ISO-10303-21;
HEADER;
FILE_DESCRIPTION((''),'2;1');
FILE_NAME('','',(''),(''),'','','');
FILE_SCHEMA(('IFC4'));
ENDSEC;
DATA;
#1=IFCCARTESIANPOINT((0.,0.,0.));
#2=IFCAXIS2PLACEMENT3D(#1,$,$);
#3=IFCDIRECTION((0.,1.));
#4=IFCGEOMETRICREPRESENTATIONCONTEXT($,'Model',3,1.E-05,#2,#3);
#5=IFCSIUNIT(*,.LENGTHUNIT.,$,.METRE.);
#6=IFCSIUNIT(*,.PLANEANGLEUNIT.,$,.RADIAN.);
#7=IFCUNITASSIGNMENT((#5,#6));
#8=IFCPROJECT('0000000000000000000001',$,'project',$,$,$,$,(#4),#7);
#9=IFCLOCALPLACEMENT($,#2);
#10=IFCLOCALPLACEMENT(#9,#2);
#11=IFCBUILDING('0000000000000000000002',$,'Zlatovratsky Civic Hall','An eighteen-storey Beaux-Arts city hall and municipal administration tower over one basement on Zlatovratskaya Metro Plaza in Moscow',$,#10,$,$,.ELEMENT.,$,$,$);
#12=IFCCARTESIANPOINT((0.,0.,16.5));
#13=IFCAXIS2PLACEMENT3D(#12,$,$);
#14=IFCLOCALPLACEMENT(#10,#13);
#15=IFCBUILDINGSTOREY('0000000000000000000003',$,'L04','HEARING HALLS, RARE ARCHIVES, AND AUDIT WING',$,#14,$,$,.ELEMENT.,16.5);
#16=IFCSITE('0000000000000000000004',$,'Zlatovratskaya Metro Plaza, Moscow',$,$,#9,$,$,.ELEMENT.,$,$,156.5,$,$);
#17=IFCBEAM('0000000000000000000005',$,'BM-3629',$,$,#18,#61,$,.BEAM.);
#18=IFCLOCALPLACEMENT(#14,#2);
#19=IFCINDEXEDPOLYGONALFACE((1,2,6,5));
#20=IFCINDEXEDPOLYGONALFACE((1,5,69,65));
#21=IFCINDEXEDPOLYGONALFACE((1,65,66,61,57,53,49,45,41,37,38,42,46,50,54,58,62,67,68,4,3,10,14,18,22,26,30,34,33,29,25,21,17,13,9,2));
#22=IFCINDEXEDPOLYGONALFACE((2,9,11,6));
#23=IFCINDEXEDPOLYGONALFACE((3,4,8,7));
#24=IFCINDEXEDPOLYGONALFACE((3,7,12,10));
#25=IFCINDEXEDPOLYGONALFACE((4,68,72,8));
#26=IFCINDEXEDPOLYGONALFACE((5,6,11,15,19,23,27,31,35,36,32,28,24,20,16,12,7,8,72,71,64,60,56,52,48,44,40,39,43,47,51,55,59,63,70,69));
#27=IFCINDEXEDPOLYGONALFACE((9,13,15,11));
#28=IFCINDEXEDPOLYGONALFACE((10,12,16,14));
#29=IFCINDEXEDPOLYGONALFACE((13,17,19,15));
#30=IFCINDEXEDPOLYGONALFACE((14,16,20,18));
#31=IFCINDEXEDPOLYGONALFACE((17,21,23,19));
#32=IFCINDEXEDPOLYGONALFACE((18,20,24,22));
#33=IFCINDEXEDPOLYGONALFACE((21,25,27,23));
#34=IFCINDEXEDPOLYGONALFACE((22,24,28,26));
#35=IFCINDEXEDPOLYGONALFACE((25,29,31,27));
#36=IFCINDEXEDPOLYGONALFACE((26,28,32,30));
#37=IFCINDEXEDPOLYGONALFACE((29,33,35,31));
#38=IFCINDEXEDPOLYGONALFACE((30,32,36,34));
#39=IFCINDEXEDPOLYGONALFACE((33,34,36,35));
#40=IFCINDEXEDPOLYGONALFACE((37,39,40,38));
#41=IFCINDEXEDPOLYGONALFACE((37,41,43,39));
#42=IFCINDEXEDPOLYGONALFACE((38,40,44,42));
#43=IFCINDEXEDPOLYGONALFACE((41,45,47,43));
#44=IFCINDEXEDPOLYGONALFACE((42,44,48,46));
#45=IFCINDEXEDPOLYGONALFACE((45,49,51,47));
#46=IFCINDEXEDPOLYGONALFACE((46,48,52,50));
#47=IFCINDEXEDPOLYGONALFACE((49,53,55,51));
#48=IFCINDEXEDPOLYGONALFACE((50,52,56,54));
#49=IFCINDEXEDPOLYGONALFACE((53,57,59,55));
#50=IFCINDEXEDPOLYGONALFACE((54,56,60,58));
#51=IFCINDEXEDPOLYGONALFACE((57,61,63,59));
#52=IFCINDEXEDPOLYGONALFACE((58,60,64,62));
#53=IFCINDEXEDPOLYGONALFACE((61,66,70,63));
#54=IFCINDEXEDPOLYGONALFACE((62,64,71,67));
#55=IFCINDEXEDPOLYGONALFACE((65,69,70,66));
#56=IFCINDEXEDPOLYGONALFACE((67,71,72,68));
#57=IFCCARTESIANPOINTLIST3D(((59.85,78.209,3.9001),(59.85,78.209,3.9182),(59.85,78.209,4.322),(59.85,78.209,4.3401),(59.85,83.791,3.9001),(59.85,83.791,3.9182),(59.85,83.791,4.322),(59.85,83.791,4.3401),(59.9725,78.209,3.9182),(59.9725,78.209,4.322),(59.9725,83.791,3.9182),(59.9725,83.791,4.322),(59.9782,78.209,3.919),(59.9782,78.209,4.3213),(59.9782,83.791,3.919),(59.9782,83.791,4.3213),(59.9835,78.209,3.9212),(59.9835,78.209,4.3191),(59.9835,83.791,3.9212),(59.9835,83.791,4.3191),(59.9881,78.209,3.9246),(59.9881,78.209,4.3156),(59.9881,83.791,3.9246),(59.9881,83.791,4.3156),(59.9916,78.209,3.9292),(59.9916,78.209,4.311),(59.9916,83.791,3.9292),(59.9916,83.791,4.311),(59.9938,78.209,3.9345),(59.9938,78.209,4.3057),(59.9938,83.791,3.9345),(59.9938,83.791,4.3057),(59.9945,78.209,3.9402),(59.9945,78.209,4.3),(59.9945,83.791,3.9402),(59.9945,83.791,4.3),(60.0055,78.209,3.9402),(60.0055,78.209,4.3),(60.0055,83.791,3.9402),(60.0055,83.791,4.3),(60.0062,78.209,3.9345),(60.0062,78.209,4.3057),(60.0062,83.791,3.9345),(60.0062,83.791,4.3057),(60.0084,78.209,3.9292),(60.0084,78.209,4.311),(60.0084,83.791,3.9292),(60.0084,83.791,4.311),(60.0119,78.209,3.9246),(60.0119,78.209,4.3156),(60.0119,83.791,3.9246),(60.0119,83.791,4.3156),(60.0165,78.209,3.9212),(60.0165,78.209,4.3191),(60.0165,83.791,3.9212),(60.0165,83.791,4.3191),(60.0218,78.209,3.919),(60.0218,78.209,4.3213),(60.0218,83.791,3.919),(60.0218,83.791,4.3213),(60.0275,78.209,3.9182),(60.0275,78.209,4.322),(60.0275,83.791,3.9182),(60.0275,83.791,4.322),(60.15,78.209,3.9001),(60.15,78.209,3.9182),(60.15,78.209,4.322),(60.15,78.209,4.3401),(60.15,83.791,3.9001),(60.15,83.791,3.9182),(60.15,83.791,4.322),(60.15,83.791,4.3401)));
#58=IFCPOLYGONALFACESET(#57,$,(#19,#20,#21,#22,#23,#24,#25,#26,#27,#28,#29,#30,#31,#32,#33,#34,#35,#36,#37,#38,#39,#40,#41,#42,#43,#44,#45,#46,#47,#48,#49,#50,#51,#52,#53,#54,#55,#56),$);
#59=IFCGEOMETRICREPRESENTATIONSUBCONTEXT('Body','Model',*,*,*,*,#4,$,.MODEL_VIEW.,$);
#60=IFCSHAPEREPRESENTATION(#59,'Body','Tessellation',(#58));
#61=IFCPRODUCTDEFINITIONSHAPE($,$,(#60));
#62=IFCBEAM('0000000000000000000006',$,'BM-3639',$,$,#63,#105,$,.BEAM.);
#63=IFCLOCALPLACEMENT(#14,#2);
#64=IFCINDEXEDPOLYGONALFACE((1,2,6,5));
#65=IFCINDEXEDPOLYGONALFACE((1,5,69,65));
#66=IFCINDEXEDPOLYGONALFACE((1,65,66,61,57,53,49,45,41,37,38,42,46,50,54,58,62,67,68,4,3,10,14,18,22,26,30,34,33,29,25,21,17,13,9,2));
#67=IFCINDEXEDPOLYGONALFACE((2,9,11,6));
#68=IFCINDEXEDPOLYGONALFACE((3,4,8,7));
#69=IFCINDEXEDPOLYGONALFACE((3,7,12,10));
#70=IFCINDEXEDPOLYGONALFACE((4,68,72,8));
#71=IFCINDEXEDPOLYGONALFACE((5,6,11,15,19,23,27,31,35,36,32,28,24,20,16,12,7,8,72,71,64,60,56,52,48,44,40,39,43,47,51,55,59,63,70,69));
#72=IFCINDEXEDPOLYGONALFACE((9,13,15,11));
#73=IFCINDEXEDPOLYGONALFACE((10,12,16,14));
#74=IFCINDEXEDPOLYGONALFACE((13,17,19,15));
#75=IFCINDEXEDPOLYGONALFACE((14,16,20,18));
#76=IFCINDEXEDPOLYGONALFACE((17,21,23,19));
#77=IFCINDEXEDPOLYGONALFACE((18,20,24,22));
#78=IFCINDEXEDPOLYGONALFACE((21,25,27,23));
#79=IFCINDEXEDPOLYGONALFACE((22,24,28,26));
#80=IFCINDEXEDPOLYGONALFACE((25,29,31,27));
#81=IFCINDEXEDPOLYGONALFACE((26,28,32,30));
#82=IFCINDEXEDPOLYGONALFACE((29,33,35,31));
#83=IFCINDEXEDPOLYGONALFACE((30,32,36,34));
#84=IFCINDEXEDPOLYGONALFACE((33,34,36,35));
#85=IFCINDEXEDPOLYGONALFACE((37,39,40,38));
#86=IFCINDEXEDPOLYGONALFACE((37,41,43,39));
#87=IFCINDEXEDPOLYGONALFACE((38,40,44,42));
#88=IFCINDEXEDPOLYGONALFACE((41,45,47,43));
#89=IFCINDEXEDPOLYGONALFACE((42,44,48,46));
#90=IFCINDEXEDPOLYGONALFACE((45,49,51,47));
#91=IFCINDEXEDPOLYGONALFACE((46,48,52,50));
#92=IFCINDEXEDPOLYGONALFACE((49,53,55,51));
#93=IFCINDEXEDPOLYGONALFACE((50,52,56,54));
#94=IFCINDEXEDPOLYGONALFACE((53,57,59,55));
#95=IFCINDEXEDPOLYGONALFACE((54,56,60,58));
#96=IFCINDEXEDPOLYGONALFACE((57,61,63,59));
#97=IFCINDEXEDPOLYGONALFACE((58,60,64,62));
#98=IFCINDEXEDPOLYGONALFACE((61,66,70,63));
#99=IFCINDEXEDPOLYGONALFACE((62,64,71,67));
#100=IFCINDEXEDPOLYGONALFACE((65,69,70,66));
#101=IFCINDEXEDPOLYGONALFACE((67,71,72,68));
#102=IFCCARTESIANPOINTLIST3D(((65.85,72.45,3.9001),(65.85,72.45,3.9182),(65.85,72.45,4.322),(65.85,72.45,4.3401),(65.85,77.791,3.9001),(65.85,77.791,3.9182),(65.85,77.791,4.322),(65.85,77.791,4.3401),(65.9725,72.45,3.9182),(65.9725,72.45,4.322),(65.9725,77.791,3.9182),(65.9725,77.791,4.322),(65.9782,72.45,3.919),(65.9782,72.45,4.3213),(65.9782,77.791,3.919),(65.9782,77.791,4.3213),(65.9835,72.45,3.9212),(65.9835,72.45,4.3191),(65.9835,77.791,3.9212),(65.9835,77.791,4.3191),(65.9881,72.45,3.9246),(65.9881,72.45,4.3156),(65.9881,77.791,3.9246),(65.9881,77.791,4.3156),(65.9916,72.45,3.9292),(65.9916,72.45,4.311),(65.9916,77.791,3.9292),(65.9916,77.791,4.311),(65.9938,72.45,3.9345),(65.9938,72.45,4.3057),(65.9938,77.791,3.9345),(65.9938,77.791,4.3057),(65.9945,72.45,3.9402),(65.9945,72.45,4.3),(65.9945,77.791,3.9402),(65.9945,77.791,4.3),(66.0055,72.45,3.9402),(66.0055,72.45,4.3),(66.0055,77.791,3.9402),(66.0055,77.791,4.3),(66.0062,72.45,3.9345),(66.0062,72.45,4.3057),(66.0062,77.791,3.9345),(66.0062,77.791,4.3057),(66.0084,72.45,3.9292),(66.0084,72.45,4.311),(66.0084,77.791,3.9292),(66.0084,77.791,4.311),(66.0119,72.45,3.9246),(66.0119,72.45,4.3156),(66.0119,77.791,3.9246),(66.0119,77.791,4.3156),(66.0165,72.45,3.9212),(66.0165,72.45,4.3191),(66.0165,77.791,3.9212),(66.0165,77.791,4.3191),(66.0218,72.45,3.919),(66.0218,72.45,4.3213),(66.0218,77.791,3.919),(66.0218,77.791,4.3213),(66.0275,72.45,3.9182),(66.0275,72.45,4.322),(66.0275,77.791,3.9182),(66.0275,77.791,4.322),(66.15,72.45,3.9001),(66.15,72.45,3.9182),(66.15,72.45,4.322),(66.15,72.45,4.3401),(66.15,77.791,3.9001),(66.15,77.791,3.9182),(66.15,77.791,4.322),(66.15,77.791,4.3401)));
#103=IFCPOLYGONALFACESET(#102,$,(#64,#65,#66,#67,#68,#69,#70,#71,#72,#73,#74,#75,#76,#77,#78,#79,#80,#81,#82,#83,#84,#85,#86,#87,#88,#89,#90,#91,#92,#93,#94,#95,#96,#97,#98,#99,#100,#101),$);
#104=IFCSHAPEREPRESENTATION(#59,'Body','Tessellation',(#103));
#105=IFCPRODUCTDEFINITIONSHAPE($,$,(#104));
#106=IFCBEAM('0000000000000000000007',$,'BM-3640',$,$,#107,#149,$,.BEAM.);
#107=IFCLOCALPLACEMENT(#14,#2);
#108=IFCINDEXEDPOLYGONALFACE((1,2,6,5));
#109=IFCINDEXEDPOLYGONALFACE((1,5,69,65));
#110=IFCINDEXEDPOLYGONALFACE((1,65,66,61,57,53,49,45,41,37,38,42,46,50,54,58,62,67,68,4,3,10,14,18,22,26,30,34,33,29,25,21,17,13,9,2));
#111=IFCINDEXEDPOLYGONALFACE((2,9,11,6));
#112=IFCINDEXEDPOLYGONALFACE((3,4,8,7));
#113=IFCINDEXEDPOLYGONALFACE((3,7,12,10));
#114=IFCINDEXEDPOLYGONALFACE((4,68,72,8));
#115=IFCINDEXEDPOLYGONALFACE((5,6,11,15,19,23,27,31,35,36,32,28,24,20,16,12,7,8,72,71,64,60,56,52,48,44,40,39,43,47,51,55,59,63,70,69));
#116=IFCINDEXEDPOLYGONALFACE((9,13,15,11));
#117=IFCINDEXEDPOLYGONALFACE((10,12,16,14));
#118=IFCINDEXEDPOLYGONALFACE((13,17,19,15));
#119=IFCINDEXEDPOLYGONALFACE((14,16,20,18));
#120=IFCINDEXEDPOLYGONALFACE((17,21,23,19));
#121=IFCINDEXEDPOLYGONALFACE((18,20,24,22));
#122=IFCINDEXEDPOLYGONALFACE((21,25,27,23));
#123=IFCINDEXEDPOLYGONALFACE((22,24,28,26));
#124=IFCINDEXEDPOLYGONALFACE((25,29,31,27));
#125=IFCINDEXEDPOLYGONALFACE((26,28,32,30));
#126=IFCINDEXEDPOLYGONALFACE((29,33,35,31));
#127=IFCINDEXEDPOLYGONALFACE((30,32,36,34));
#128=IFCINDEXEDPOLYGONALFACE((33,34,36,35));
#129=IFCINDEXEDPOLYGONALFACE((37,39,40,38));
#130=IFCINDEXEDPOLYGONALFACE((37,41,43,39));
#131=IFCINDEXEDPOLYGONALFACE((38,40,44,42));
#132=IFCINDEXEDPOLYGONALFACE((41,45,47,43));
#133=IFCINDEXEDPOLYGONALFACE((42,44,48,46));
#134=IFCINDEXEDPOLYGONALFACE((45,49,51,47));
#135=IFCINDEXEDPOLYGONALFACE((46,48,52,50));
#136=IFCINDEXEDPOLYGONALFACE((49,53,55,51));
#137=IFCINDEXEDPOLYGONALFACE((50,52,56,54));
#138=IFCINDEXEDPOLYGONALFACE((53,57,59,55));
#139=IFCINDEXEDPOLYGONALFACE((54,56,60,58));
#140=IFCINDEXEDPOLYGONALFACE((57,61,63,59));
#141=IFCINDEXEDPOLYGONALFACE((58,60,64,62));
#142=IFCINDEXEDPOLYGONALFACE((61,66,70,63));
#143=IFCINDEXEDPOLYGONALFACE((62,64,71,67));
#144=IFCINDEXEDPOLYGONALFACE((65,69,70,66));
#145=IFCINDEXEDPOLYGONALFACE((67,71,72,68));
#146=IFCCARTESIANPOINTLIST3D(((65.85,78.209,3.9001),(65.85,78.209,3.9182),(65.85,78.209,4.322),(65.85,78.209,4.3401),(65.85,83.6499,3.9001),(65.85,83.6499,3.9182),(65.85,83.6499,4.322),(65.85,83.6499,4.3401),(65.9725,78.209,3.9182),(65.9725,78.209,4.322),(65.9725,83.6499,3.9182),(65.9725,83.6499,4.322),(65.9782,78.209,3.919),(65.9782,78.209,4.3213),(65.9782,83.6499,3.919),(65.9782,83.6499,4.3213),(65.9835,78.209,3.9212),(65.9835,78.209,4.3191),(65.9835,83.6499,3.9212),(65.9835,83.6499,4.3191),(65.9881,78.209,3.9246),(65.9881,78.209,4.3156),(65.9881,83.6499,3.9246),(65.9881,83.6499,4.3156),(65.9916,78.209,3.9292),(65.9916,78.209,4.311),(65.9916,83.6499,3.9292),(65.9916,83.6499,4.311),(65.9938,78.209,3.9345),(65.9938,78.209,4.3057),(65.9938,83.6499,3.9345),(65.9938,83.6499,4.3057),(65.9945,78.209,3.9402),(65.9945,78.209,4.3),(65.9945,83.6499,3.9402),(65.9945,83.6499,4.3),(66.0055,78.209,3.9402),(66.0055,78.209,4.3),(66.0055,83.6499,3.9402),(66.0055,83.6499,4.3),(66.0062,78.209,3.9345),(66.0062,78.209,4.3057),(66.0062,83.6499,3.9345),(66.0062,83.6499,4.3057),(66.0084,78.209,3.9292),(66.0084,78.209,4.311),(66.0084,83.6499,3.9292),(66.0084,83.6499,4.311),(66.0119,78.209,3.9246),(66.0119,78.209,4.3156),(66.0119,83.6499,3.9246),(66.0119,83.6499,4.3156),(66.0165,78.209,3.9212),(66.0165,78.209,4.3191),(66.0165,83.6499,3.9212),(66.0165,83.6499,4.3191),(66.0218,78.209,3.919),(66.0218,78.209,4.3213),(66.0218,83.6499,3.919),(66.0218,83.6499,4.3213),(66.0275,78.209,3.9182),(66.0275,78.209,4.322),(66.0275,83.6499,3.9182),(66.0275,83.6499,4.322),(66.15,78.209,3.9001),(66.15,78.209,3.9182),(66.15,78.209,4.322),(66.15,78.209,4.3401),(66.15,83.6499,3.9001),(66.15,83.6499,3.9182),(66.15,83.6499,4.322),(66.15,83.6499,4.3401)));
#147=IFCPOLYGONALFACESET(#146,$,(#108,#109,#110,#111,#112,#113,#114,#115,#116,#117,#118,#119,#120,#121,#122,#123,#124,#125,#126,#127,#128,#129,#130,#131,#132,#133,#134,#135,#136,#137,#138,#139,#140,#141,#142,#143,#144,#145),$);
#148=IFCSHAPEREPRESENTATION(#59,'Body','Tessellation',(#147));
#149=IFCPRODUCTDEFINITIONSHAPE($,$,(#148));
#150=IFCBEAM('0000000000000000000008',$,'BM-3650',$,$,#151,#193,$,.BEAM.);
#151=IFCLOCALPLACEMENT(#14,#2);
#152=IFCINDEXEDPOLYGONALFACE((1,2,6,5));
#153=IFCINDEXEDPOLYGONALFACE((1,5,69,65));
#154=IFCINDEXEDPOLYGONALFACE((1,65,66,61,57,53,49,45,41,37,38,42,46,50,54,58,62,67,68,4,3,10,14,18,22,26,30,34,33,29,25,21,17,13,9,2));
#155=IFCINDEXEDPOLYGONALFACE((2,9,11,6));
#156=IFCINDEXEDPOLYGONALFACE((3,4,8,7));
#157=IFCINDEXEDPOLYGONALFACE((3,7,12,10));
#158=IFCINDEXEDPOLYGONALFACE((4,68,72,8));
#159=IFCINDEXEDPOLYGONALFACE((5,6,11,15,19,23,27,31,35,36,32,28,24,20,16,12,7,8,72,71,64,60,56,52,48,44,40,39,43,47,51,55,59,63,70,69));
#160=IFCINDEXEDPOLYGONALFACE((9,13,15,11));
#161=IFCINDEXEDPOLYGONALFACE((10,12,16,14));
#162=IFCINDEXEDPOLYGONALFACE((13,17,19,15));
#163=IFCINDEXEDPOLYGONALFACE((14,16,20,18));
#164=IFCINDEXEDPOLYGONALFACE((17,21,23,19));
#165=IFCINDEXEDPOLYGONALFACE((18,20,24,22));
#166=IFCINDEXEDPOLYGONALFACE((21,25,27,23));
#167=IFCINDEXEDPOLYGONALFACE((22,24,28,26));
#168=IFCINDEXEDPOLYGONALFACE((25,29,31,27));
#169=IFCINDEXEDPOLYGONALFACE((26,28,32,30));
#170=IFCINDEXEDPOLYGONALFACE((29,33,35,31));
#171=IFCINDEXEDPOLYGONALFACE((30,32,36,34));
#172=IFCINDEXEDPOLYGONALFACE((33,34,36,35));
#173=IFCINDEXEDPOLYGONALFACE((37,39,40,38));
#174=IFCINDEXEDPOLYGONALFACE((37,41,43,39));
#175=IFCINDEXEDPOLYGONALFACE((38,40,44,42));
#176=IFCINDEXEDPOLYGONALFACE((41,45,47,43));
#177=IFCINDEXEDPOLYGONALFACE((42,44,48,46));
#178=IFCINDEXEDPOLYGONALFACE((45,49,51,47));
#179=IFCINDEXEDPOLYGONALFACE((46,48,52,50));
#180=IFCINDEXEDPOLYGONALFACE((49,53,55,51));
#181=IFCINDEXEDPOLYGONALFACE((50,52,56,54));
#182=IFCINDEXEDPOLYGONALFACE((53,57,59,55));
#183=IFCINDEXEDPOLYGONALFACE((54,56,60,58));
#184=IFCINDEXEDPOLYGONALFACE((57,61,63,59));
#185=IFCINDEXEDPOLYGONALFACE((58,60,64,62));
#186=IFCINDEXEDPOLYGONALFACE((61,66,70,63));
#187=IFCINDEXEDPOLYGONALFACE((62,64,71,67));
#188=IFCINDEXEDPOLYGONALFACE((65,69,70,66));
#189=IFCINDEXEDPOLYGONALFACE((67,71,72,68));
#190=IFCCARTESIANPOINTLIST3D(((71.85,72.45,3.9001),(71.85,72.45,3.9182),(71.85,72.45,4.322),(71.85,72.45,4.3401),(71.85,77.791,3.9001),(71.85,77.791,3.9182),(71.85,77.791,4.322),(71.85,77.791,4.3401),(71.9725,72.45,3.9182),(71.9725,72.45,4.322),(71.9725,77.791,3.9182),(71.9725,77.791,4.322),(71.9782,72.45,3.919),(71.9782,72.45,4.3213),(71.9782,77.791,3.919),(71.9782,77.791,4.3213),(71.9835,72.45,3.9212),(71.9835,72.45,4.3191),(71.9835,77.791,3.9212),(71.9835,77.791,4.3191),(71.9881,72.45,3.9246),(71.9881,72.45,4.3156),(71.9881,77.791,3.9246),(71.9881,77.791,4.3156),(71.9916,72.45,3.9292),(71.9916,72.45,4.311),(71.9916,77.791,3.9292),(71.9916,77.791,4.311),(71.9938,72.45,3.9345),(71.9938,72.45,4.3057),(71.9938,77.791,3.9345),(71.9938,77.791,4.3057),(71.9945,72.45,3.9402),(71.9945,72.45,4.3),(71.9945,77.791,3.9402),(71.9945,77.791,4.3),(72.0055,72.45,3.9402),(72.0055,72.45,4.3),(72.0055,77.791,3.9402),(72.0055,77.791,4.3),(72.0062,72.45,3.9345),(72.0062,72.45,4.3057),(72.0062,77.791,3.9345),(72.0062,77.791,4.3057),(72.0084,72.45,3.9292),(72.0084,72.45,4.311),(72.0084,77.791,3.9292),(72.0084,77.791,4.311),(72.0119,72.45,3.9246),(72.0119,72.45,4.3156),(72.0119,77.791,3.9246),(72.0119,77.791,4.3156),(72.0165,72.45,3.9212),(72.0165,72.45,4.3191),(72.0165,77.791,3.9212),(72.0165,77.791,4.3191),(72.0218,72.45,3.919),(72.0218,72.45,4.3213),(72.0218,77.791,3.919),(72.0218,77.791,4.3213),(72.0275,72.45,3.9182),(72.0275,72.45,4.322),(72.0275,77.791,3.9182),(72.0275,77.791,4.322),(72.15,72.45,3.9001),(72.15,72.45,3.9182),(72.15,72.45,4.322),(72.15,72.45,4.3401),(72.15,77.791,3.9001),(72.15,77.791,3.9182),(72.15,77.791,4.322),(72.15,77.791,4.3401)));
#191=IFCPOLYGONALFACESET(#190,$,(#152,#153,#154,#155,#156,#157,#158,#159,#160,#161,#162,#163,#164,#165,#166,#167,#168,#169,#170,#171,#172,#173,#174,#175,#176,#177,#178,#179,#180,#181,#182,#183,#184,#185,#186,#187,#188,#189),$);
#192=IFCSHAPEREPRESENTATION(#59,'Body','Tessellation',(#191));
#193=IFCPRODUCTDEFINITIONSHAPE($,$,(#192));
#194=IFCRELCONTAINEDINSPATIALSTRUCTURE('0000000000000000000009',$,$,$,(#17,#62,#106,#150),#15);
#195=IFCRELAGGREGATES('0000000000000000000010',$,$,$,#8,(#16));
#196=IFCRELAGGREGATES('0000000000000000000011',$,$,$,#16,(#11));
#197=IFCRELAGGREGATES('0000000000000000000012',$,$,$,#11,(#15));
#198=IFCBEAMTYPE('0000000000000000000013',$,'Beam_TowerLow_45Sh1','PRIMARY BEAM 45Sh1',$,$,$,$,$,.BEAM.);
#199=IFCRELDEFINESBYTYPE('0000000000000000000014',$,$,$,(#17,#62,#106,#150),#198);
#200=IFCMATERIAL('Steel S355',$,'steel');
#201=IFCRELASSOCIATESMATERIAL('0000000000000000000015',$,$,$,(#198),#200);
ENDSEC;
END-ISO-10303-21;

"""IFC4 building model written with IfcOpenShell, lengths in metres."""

from ifc_helpers import new_model, si_unit, direction, frame, origin, origin_2d, place, context, subcontext, project, spatial, i_section, extrude, material, material_profile, profile_set, type_object, element, save


model = new_model("IFC4")

# Units and contexts
model_context = context("Model", 3, precision=1e-05, world=origin(), true_north=direction((0.0, 1.0)))
body_context = subcontext(model_context, "Body", "Model", "MODEL_VIEW")
ifc_project = project(units=[si_unit("LENGTHUNIT", "METRE"), si_unit("PLANEANGLEUNIT", "RADIAN")], contexts=[model_context])

# Site, building, storey
site_placement = place(None, origin())
site = spatial("IfcSite", under=ifc_project, at=site_placement, Name="Zlatovratskaya Metro Plaza, Moscow", CompositionType="ELEMENT", RefElevation=156.5)
building_placement = place(site_placement, origin())
building = spatial("IfcBuilding", under=site, at=building_placement, Name="Zlatovratsky Civic Hall", Description="An eighteen-storey Beaux-Arts city hall and municipal administration tower over one basement on Zlatovratskaya Metro Plaza in Moscow", CompositionType="ELEMENT")
storey_placement = place(building_placement, frame((0.0, 0.0, 16.5)))
storey = spatial("IfcBuildingStorey", under=building, at=storey_placement, Name="L04", Description="HEARING HALLS, RARE ARCHIVES, AND AUDIT WING", CompositionType="ELEMENT", Elevation=16.5)

# Shared definitions
ifc_material_1 = material(Name="Steel S355", Category="steel")

# Beams
ifc_material_profile_1 = material_profile(ifc_material_1, i_section(OverallWidth=0.3, OverallDepth=0.4399, WebThickness=0.011, FlangeThickness=0.0181, FilletRadius=0.022, at=origin_2d()), Name="45Sh1")
ifc_profile_set_1 = profile_set([ifc_material_profile_1], Name="Steel S355")
beam_type_1 = type_object("IfcBeamType", Name="Beam_TowerLow_45Sh1", Description="PRIMARY BEAM 45Sh1", PredefinedType="BEAM", material=ifc_profile_set_1)
for number, where, z_axis, x_axis, name in (
    (1, (60.0, 78.209, 4.1201), (0.0, 1.0, 0.0), (-1.0, 0.0, 0.0), "BM-3629"),
):
    element("IfcBeam", number, at=place(storey_placement, frame(where, z_axis=z_axis, x_axis=x_axis)), inside=storey, type_object=beam_type_1, Name=name, PredefinedType="BEAM", context=body_context, shape_type="SweptSolid", body=[
        extrude(i_section(OverallWidth=0.3, OverallDepth=0.4399, WebThickness=0.011, FlangeThickness=0.0181, FilletRadius=0.022, at=origin_2d()), origin(), (0.0, 0.0, 1.0), 5.582),
    ])
beam_1_placement = place(storey_placement, frame((66.0, 72.45, 4.1201), z_axis=(0.0, 1.0, 0.0), x_axis=(-1.0, 0.0, 0.0)))
element("IfcBeam", 2, at=beam_1_placement, inside=storey, type_object=beam_type_1, Name="BM-3639", PredefinedType="BEAM", context=body_context, shape_type="SweptSolid", body=[
    extrude(i_section(OverallWidth=0.3, OverallDepth=0.4399, WebThickness=0.011, FlangeThickness=0.0181, FilletRadius=0.022, at=origin_2d()), origin(), (0.0, 0.0, 1.0), 5.3411),
])
beam_2_placement = place(storey_placement, frame((66.0, 78.209, 4.1201), z_axis=(0.0, 1.0, 0.0), x_axis=(-1.0, 0.0, 0.0)))
element("IfcBeam", 3, at=beam_2_placement, inside=storey, type_object=beam_type_1, Name="BM-3640", PredefinedType="BEAM", context=body_context, shape_type="SweptSolid", body=[
    extrude(i_section(OverallWidth=0.3, OverallDepth=0.4399, WebThickness=0.011, FlangeThickness=0.0181, FilletRadius=0.022, at=origin_2d()), origin(), (0.0, 0.0, 1.0), 5.4409),
])
beam_3_placement = place(storey_placement, frame((72.0, 72.45, 4.1201), z_axis=(0.0, 1.0, 0.0), x_axis=(-1.0, 0.0, 0.0)))
element("IfcBeam", 4, at=beam_3_placement, inside=storey, type_object=beam_type_1, Name="BM-3650", PredefinedType="BEAM", context=body_context, shape_type="SweptSolid", body=[
    extrude(i_section(OverallWidth=0.3, OverallDepth=0.4399, WebThickness=0.011, FlangeThickness=0.0181, FilletRadius=0.022, at=origin_2d()), origin(), (0.0, 0.0, 1.0), 5.3411),
])

save(model, "model.ifc")
